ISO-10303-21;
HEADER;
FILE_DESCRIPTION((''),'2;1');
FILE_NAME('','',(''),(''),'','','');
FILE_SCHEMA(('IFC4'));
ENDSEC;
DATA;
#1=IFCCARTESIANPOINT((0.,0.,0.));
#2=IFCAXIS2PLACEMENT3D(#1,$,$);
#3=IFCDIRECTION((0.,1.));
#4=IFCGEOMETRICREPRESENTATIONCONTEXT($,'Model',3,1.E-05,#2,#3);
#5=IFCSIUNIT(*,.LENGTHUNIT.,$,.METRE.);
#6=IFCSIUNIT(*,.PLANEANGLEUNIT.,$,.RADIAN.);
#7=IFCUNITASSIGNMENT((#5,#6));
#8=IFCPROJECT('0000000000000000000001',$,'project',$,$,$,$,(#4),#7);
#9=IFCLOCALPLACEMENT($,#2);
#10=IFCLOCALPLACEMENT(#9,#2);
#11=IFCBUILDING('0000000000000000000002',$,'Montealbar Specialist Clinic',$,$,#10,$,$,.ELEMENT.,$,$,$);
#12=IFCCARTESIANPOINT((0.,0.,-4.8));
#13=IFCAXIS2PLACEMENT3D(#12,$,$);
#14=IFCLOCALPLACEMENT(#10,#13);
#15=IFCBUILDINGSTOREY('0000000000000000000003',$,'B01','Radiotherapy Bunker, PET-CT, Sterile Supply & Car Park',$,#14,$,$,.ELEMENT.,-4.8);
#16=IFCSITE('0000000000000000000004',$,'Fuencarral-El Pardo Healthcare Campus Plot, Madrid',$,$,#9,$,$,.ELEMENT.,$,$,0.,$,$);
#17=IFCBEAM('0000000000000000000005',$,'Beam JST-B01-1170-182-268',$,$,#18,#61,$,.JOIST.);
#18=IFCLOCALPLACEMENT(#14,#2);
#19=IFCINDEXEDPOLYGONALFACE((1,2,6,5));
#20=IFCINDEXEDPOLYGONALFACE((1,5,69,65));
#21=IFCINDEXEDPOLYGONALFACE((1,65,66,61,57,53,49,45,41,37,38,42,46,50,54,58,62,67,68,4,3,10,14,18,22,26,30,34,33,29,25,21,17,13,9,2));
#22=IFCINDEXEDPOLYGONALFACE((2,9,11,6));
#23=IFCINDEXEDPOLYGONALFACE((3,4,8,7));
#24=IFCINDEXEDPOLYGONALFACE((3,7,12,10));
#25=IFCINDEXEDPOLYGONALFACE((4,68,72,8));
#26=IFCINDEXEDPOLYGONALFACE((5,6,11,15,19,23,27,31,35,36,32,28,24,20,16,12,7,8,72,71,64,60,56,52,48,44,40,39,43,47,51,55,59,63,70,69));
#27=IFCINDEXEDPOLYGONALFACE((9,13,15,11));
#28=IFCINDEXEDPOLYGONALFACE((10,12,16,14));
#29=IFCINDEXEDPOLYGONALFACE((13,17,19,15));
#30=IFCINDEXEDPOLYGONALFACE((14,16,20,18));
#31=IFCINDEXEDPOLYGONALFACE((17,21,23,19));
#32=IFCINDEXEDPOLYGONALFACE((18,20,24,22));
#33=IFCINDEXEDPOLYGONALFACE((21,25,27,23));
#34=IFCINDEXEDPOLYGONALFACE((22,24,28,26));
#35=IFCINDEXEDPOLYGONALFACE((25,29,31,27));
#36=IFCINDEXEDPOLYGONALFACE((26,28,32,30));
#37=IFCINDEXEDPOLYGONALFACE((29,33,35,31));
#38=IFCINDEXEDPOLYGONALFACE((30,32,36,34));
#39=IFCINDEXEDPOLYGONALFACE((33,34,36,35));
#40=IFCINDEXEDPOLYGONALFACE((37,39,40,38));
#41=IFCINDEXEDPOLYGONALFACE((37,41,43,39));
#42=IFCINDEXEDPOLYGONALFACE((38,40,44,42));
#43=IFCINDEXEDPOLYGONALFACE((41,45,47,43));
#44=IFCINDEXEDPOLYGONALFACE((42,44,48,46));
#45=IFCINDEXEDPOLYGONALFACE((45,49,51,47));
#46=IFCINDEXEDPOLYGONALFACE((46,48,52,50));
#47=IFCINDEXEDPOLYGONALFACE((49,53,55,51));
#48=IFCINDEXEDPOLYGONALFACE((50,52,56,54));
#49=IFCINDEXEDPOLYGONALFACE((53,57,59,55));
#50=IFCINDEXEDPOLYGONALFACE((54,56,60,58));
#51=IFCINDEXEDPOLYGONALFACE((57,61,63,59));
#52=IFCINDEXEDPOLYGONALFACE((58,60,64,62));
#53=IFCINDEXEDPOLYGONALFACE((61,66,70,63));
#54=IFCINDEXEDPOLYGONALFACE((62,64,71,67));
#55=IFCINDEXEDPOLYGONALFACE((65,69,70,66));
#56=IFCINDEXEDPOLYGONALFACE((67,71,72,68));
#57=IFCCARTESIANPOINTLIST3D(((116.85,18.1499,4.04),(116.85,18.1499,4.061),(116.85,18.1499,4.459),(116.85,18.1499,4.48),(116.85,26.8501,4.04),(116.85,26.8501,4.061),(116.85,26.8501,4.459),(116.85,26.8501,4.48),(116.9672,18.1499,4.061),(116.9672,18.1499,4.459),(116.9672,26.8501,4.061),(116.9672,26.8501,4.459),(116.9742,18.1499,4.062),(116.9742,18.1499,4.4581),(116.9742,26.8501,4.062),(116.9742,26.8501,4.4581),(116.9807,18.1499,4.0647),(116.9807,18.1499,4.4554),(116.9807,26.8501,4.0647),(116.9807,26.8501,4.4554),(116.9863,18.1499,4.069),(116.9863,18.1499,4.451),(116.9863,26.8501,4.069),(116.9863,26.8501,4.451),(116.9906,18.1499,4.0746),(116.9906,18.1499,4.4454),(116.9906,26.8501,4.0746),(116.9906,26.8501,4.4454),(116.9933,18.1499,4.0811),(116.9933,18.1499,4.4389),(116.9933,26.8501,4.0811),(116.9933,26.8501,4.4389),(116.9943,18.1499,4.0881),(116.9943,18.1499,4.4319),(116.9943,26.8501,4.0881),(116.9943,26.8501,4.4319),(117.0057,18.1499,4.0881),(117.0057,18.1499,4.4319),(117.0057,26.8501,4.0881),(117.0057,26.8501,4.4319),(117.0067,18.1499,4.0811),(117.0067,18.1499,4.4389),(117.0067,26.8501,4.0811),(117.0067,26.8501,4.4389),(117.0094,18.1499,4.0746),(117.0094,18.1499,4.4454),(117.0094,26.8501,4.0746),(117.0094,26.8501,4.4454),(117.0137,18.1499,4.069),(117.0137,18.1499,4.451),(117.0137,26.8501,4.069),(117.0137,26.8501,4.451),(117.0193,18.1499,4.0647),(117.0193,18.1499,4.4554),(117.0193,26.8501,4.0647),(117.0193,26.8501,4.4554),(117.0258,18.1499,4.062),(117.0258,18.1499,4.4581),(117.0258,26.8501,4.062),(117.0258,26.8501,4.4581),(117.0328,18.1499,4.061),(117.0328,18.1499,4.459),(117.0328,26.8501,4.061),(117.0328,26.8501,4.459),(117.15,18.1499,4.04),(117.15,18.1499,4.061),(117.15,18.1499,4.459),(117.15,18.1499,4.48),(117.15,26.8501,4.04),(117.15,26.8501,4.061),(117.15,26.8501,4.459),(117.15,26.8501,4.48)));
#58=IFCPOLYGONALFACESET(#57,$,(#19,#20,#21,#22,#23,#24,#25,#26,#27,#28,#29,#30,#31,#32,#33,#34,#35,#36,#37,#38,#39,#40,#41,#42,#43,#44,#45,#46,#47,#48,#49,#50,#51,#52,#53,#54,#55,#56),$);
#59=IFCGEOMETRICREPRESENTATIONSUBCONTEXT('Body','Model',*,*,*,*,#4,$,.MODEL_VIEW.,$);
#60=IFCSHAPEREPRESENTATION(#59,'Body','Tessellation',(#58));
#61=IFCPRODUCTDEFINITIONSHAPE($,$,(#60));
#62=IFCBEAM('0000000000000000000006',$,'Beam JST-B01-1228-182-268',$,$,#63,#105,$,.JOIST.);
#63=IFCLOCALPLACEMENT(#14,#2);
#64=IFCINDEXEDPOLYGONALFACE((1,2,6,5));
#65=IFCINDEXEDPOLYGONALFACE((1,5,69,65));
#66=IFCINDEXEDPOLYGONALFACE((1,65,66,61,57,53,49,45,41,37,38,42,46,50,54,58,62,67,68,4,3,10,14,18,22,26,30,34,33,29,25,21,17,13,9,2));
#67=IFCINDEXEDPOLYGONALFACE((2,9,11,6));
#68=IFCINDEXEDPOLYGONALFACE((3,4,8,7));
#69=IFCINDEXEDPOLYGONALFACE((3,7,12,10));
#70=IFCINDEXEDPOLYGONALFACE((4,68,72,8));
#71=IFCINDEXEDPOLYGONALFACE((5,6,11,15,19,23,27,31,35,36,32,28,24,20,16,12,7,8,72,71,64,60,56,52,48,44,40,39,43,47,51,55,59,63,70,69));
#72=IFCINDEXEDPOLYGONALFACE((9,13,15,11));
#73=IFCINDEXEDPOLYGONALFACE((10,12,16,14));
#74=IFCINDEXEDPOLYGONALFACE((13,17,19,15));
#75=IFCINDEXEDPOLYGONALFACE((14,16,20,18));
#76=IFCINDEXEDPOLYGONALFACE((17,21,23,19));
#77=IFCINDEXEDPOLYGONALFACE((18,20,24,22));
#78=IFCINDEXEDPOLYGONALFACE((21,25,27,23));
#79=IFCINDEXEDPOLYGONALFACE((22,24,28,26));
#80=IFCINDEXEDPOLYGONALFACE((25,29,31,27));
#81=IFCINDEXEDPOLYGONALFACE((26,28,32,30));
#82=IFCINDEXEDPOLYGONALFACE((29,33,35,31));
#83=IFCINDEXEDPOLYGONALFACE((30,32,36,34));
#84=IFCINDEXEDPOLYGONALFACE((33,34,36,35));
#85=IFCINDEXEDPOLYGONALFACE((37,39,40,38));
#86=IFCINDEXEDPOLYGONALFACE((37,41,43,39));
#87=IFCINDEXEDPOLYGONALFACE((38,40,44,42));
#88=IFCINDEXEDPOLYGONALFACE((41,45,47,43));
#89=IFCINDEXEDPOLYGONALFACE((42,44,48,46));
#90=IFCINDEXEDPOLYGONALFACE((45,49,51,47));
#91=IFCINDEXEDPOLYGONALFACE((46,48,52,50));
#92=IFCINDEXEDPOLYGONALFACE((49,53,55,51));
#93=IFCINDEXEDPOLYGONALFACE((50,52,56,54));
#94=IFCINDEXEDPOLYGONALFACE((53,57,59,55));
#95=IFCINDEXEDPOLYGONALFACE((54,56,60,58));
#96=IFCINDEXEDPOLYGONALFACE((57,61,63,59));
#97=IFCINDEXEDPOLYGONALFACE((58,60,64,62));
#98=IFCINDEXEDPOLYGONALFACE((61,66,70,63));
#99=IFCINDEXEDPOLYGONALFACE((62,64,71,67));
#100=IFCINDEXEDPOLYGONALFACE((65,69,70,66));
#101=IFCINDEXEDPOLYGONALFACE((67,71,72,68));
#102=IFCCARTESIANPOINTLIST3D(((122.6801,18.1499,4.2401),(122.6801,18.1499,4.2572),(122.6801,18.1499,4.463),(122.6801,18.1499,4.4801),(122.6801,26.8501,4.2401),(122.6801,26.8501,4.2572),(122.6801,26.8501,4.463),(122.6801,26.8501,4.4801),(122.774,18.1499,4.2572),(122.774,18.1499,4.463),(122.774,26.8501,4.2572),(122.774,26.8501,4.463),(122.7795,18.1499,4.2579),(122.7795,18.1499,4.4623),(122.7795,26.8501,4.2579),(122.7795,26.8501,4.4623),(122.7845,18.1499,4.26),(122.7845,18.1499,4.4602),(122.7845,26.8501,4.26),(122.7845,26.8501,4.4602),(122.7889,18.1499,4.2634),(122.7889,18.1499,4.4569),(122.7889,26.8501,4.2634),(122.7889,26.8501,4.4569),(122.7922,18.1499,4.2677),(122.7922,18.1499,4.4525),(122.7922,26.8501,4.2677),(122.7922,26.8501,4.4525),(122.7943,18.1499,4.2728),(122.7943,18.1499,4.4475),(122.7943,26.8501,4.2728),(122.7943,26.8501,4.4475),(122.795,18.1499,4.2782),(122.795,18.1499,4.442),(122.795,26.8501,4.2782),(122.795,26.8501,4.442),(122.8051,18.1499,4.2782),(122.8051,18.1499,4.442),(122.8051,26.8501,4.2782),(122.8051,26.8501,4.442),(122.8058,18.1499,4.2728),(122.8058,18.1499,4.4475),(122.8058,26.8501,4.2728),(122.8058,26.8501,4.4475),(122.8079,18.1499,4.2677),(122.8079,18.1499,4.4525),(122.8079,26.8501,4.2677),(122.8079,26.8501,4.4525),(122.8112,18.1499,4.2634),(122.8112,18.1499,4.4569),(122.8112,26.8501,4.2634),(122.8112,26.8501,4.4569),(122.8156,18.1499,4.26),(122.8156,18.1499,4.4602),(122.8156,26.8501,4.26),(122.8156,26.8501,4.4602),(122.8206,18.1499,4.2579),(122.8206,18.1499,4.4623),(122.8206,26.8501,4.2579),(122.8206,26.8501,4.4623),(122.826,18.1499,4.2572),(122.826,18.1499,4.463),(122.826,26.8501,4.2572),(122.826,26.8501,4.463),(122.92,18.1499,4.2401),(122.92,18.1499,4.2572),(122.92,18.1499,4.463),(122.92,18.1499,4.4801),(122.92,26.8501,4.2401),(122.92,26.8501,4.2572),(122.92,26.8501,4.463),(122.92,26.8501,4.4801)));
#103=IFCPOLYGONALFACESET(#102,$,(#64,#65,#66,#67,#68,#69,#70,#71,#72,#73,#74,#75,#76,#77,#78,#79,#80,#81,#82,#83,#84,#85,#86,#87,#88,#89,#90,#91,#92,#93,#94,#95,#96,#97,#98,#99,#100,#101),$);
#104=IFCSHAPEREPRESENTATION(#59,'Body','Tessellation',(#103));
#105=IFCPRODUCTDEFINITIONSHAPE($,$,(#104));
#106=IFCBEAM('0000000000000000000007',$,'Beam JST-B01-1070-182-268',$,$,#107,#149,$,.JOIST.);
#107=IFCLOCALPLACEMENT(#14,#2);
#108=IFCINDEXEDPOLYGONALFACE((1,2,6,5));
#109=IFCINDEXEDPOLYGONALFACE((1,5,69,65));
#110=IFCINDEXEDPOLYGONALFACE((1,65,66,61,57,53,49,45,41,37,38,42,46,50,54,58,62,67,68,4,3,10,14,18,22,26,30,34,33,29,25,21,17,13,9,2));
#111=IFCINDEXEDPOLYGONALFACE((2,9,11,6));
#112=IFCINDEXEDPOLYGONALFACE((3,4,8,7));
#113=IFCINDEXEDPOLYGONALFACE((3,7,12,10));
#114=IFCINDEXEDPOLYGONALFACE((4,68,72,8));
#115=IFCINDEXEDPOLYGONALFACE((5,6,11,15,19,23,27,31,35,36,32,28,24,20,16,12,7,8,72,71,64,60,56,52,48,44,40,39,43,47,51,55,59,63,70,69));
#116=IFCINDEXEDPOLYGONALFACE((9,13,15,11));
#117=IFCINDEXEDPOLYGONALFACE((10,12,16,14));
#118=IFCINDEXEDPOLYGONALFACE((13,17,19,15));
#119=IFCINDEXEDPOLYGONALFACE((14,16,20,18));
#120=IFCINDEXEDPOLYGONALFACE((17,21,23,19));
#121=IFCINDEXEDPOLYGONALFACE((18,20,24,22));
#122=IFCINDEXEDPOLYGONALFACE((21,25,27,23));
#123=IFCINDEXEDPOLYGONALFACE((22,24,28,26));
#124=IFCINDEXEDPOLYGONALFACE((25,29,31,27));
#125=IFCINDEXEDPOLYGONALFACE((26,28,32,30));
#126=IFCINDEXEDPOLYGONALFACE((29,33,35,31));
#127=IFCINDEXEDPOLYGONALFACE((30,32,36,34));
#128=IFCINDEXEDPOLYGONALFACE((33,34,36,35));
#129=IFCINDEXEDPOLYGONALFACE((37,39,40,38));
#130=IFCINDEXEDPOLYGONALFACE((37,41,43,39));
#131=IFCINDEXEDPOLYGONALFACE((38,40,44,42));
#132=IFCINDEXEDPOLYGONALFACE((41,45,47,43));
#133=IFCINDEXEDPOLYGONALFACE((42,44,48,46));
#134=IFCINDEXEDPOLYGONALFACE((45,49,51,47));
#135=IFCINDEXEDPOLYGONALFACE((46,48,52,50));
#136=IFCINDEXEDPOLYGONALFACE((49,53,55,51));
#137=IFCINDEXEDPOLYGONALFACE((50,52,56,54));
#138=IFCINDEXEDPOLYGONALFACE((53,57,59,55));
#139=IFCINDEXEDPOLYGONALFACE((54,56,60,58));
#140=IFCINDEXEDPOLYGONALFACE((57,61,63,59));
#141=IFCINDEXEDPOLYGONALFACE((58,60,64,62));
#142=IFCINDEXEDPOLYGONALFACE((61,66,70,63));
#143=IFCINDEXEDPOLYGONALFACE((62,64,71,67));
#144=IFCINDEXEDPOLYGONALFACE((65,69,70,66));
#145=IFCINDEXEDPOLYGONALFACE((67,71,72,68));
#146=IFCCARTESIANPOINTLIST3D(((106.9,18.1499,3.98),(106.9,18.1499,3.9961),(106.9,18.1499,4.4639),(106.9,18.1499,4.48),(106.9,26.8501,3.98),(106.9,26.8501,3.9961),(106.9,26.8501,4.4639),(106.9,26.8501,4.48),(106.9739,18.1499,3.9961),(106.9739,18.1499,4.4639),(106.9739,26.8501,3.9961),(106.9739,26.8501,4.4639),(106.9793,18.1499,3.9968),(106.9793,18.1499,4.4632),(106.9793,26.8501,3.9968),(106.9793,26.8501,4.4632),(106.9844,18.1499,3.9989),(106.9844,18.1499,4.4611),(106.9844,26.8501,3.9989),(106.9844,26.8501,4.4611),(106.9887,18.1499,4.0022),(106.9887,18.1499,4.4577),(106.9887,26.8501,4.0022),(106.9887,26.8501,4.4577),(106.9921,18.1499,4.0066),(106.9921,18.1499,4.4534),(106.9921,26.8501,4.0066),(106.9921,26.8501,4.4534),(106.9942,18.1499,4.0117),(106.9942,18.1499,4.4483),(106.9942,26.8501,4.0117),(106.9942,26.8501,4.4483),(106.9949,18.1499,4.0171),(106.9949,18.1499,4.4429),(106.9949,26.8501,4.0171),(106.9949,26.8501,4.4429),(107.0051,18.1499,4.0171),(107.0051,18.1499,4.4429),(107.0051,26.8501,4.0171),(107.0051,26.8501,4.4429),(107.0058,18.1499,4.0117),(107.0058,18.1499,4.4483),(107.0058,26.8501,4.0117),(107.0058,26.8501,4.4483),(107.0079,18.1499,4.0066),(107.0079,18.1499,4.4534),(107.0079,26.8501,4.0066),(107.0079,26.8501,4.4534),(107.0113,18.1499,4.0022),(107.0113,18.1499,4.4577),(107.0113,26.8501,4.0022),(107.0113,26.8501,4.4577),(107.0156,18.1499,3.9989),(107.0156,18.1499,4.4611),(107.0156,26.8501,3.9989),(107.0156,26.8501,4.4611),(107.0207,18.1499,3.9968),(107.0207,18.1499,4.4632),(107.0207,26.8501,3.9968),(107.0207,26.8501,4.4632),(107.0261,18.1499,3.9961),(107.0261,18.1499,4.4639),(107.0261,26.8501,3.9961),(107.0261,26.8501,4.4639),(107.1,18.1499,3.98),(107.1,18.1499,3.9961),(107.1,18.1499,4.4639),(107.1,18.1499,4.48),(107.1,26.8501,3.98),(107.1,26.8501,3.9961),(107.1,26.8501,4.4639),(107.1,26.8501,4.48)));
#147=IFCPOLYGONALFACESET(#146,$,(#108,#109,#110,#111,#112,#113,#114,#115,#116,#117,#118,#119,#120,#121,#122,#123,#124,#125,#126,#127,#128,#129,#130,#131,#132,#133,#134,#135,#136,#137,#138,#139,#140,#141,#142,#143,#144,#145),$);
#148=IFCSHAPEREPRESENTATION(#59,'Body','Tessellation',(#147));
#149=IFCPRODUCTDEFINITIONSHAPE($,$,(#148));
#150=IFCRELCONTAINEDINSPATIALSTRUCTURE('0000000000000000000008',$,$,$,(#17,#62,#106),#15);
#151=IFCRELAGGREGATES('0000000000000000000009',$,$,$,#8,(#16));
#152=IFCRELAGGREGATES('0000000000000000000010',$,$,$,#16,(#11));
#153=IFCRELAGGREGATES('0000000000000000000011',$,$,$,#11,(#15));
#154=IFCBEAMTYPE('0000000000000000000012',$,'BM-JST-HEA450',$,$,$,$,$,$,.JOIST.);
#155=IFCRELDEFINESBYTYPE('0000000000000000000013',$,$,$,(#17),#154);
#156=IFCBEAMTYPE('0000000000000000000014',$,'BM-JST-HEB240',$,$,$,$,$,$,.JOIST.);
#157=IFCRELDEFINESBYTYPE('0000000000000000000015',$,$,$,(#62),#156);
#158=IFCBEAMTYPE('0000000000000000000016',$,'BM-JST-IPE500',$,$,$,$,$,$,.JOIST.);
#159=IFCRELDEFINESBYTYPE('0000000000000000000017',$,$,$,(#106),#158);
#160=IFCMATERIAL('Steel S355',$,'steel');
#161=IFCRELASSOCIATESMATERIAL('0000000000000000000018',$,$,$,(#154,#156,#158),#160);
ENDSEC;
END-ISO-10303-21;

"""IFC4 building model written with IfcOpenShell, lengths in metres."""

from ifc_helpers import new_model, si_unit, direction, frame, origin, origin_2d, place, context, subcontext, project, spatial, i_section, extrude, material, material_profile, profile_set, type_object, element, save


model = new_model("IFC4")

# Units and contexts
model_context = context("Model", 3, precision=1e-05, world=origin(), true_north=direction((0.0, 1.0)))
body_context = subcontext(model_context, "Body", "Model", "MODEL_VIEW")
ifc_project = project(units=[si_unit("LENGTHUNIT", "METRE"), si_unit("PLANEANGLEUNIT", "RADIAN")], contexts=[model_context])

# Site, building, storey
site_placement = place(None, origin())
site = spatial("IfcSite", under=ifc_project, at=site_placement, Name="Fuencarral-El Pardo Healthcare Campus Plot, Madrid", CompositionType="ELEMENT", RefElevation=0.0)
building_placement = place(site_placement, origin())
building = spatial("IfcBuilding", under=site, at=building_placement, Name="Montealbar Specialist Clinic", CompositionType="ELEMENT")
storey_placement = place(building_placement, frame((0.0, 0.0, -4.8)))
storey = spatial("IfcBuildingStorey", under=building, at=storey_placement, Name="B01", Description="Radiotherapy Bunker, PET-CT, Sterile Supply & Car Park", CompositionType="ELEMENT", Elevation=-4.8)

# Shared definitions
ifc_material_1 = material(Name="Steel S355", Category="steel")

# Beams
ifc_material_profile_1 = material_profile(ifc_material_1, i_section(OverallWidth=0.3, OverallDepth=0.4399, WebThickness=0.0115, FlangeThickness=0.021, FilletRadius=0.0271, at=origin_2d()), Name="HEA 450", Category="steel")
ifc_profile_set_1 = profile_set([ifc_material_profile_1], Name="Steel S355")
beam_type_1 = type_object("IfcBeamType", Name="BM-JST-HEA450", PredefinedType="JOIST", material=ifc_profile_set_1)
beam_1_placement = place(storey_placement, frame((117.0, 18.1499, 4.26), z_axis=(0.0, 1.0, 0.0), x_axis=(-1.0, 0.0, 0.0)))
element("IfcBeam", 1, at=beam_1_placement, inside=storey, type_object=beam_type_1, Name="Beam JST-B01-1170-182-268", PredefinedType="JOIST", context=body_context, shape_type="SweptSolid", body=[
    extrude(i_section(OverallWidth=0.3, OverallDepth=0.4399, WebThickness=0.0115, FlangeThickness=0.021, FilletRadius=0.0271, at=origin_2d()), origin(), (0.0, 0.0, 1.0), 8.7002),
])
ifc_material_profile_2 = material_profile(ifc_material_1, i_section(OverallWidth=0.24, OverallDepth=0.24, WebThickness=0.01, FlangeThickness=0.0171, FilletRadius=0.021, at=origin_2d()), Name="HEB 240", Category="steel")
ifc_profile_set_2 = profile_set([ifc_material_profile_2], Name="Steel S355")
beam_type_2 = type_object("IfcBeamType", Name="BM-JST-HEB240", PredefinedType="JOIST", material=ifc_profile_set_2)
beam_2_placement = place(storey_placement, frame((122.8, 18.1499, 4.3601), z_axis=(0.0, 1.0, 0.0), x_axis=(-1.0, 0.0, 0.0)))
element("IfcBeam", 2, at=beam_2_placement, inside=storey, type_object=beam_type_2, Name="Beam JST-B01-1228-182-268", PredefinedType="JOIST", context=body_context, shape_type="SweptSolid", body=[
    extrude(i_section(OverallWidth=0.24, OverallDepth=0.24, WebThickness=0.01, FlangeThickness=0.0171, FilletRadius=0.021, at=origin_2d()), origin(), (0.0, 0.0, 1.0), 8.7002),
])
ifc_material_profile_3 = material_profile(ifc_material_1, i_section(OverallWidth=0.2, OverallDepth=0.5, WebThickness=0.0103, FlangeThickness=0.0161, FilletRadius=0.021, at=origin_2d()), Name="IPE 500", Category="steel")
ifc_profile_set_3 = profile_set([ifc_material_profile_3], Name="Steel S355")
beam_type_3 = type_object("IfcBeamType", Name="BM-JST-IPE500", PredefinedType="JOIST", material=ifc_profile_set_3)
beam_3_placement = place(storey_placement, frame((107.0, 18.1499, 4.23), z_axis=(0.0, 1.0, 0.0), x_axis=(-1.0, 0.0, 0.0)))
element("IfcBeam", 3, at=beam_3_placement, inside=storey, type_object=beam_type_3, Name="Beam JST-B01-1070-182-268", PredefinedType="JOIST", context=body_context, shape_type="SweptSolid", body=[
    extrude(i_section(OverallWidth=0.2, OverallDepth=0.5, WebThickness=0.0103, FlangeThickness=0.0161, FilletRadius=0.021, at=origin_2d()), origin(), (0.0, 0.0, 1.0), 8.7002),
])

save(model, "model.ifc")
